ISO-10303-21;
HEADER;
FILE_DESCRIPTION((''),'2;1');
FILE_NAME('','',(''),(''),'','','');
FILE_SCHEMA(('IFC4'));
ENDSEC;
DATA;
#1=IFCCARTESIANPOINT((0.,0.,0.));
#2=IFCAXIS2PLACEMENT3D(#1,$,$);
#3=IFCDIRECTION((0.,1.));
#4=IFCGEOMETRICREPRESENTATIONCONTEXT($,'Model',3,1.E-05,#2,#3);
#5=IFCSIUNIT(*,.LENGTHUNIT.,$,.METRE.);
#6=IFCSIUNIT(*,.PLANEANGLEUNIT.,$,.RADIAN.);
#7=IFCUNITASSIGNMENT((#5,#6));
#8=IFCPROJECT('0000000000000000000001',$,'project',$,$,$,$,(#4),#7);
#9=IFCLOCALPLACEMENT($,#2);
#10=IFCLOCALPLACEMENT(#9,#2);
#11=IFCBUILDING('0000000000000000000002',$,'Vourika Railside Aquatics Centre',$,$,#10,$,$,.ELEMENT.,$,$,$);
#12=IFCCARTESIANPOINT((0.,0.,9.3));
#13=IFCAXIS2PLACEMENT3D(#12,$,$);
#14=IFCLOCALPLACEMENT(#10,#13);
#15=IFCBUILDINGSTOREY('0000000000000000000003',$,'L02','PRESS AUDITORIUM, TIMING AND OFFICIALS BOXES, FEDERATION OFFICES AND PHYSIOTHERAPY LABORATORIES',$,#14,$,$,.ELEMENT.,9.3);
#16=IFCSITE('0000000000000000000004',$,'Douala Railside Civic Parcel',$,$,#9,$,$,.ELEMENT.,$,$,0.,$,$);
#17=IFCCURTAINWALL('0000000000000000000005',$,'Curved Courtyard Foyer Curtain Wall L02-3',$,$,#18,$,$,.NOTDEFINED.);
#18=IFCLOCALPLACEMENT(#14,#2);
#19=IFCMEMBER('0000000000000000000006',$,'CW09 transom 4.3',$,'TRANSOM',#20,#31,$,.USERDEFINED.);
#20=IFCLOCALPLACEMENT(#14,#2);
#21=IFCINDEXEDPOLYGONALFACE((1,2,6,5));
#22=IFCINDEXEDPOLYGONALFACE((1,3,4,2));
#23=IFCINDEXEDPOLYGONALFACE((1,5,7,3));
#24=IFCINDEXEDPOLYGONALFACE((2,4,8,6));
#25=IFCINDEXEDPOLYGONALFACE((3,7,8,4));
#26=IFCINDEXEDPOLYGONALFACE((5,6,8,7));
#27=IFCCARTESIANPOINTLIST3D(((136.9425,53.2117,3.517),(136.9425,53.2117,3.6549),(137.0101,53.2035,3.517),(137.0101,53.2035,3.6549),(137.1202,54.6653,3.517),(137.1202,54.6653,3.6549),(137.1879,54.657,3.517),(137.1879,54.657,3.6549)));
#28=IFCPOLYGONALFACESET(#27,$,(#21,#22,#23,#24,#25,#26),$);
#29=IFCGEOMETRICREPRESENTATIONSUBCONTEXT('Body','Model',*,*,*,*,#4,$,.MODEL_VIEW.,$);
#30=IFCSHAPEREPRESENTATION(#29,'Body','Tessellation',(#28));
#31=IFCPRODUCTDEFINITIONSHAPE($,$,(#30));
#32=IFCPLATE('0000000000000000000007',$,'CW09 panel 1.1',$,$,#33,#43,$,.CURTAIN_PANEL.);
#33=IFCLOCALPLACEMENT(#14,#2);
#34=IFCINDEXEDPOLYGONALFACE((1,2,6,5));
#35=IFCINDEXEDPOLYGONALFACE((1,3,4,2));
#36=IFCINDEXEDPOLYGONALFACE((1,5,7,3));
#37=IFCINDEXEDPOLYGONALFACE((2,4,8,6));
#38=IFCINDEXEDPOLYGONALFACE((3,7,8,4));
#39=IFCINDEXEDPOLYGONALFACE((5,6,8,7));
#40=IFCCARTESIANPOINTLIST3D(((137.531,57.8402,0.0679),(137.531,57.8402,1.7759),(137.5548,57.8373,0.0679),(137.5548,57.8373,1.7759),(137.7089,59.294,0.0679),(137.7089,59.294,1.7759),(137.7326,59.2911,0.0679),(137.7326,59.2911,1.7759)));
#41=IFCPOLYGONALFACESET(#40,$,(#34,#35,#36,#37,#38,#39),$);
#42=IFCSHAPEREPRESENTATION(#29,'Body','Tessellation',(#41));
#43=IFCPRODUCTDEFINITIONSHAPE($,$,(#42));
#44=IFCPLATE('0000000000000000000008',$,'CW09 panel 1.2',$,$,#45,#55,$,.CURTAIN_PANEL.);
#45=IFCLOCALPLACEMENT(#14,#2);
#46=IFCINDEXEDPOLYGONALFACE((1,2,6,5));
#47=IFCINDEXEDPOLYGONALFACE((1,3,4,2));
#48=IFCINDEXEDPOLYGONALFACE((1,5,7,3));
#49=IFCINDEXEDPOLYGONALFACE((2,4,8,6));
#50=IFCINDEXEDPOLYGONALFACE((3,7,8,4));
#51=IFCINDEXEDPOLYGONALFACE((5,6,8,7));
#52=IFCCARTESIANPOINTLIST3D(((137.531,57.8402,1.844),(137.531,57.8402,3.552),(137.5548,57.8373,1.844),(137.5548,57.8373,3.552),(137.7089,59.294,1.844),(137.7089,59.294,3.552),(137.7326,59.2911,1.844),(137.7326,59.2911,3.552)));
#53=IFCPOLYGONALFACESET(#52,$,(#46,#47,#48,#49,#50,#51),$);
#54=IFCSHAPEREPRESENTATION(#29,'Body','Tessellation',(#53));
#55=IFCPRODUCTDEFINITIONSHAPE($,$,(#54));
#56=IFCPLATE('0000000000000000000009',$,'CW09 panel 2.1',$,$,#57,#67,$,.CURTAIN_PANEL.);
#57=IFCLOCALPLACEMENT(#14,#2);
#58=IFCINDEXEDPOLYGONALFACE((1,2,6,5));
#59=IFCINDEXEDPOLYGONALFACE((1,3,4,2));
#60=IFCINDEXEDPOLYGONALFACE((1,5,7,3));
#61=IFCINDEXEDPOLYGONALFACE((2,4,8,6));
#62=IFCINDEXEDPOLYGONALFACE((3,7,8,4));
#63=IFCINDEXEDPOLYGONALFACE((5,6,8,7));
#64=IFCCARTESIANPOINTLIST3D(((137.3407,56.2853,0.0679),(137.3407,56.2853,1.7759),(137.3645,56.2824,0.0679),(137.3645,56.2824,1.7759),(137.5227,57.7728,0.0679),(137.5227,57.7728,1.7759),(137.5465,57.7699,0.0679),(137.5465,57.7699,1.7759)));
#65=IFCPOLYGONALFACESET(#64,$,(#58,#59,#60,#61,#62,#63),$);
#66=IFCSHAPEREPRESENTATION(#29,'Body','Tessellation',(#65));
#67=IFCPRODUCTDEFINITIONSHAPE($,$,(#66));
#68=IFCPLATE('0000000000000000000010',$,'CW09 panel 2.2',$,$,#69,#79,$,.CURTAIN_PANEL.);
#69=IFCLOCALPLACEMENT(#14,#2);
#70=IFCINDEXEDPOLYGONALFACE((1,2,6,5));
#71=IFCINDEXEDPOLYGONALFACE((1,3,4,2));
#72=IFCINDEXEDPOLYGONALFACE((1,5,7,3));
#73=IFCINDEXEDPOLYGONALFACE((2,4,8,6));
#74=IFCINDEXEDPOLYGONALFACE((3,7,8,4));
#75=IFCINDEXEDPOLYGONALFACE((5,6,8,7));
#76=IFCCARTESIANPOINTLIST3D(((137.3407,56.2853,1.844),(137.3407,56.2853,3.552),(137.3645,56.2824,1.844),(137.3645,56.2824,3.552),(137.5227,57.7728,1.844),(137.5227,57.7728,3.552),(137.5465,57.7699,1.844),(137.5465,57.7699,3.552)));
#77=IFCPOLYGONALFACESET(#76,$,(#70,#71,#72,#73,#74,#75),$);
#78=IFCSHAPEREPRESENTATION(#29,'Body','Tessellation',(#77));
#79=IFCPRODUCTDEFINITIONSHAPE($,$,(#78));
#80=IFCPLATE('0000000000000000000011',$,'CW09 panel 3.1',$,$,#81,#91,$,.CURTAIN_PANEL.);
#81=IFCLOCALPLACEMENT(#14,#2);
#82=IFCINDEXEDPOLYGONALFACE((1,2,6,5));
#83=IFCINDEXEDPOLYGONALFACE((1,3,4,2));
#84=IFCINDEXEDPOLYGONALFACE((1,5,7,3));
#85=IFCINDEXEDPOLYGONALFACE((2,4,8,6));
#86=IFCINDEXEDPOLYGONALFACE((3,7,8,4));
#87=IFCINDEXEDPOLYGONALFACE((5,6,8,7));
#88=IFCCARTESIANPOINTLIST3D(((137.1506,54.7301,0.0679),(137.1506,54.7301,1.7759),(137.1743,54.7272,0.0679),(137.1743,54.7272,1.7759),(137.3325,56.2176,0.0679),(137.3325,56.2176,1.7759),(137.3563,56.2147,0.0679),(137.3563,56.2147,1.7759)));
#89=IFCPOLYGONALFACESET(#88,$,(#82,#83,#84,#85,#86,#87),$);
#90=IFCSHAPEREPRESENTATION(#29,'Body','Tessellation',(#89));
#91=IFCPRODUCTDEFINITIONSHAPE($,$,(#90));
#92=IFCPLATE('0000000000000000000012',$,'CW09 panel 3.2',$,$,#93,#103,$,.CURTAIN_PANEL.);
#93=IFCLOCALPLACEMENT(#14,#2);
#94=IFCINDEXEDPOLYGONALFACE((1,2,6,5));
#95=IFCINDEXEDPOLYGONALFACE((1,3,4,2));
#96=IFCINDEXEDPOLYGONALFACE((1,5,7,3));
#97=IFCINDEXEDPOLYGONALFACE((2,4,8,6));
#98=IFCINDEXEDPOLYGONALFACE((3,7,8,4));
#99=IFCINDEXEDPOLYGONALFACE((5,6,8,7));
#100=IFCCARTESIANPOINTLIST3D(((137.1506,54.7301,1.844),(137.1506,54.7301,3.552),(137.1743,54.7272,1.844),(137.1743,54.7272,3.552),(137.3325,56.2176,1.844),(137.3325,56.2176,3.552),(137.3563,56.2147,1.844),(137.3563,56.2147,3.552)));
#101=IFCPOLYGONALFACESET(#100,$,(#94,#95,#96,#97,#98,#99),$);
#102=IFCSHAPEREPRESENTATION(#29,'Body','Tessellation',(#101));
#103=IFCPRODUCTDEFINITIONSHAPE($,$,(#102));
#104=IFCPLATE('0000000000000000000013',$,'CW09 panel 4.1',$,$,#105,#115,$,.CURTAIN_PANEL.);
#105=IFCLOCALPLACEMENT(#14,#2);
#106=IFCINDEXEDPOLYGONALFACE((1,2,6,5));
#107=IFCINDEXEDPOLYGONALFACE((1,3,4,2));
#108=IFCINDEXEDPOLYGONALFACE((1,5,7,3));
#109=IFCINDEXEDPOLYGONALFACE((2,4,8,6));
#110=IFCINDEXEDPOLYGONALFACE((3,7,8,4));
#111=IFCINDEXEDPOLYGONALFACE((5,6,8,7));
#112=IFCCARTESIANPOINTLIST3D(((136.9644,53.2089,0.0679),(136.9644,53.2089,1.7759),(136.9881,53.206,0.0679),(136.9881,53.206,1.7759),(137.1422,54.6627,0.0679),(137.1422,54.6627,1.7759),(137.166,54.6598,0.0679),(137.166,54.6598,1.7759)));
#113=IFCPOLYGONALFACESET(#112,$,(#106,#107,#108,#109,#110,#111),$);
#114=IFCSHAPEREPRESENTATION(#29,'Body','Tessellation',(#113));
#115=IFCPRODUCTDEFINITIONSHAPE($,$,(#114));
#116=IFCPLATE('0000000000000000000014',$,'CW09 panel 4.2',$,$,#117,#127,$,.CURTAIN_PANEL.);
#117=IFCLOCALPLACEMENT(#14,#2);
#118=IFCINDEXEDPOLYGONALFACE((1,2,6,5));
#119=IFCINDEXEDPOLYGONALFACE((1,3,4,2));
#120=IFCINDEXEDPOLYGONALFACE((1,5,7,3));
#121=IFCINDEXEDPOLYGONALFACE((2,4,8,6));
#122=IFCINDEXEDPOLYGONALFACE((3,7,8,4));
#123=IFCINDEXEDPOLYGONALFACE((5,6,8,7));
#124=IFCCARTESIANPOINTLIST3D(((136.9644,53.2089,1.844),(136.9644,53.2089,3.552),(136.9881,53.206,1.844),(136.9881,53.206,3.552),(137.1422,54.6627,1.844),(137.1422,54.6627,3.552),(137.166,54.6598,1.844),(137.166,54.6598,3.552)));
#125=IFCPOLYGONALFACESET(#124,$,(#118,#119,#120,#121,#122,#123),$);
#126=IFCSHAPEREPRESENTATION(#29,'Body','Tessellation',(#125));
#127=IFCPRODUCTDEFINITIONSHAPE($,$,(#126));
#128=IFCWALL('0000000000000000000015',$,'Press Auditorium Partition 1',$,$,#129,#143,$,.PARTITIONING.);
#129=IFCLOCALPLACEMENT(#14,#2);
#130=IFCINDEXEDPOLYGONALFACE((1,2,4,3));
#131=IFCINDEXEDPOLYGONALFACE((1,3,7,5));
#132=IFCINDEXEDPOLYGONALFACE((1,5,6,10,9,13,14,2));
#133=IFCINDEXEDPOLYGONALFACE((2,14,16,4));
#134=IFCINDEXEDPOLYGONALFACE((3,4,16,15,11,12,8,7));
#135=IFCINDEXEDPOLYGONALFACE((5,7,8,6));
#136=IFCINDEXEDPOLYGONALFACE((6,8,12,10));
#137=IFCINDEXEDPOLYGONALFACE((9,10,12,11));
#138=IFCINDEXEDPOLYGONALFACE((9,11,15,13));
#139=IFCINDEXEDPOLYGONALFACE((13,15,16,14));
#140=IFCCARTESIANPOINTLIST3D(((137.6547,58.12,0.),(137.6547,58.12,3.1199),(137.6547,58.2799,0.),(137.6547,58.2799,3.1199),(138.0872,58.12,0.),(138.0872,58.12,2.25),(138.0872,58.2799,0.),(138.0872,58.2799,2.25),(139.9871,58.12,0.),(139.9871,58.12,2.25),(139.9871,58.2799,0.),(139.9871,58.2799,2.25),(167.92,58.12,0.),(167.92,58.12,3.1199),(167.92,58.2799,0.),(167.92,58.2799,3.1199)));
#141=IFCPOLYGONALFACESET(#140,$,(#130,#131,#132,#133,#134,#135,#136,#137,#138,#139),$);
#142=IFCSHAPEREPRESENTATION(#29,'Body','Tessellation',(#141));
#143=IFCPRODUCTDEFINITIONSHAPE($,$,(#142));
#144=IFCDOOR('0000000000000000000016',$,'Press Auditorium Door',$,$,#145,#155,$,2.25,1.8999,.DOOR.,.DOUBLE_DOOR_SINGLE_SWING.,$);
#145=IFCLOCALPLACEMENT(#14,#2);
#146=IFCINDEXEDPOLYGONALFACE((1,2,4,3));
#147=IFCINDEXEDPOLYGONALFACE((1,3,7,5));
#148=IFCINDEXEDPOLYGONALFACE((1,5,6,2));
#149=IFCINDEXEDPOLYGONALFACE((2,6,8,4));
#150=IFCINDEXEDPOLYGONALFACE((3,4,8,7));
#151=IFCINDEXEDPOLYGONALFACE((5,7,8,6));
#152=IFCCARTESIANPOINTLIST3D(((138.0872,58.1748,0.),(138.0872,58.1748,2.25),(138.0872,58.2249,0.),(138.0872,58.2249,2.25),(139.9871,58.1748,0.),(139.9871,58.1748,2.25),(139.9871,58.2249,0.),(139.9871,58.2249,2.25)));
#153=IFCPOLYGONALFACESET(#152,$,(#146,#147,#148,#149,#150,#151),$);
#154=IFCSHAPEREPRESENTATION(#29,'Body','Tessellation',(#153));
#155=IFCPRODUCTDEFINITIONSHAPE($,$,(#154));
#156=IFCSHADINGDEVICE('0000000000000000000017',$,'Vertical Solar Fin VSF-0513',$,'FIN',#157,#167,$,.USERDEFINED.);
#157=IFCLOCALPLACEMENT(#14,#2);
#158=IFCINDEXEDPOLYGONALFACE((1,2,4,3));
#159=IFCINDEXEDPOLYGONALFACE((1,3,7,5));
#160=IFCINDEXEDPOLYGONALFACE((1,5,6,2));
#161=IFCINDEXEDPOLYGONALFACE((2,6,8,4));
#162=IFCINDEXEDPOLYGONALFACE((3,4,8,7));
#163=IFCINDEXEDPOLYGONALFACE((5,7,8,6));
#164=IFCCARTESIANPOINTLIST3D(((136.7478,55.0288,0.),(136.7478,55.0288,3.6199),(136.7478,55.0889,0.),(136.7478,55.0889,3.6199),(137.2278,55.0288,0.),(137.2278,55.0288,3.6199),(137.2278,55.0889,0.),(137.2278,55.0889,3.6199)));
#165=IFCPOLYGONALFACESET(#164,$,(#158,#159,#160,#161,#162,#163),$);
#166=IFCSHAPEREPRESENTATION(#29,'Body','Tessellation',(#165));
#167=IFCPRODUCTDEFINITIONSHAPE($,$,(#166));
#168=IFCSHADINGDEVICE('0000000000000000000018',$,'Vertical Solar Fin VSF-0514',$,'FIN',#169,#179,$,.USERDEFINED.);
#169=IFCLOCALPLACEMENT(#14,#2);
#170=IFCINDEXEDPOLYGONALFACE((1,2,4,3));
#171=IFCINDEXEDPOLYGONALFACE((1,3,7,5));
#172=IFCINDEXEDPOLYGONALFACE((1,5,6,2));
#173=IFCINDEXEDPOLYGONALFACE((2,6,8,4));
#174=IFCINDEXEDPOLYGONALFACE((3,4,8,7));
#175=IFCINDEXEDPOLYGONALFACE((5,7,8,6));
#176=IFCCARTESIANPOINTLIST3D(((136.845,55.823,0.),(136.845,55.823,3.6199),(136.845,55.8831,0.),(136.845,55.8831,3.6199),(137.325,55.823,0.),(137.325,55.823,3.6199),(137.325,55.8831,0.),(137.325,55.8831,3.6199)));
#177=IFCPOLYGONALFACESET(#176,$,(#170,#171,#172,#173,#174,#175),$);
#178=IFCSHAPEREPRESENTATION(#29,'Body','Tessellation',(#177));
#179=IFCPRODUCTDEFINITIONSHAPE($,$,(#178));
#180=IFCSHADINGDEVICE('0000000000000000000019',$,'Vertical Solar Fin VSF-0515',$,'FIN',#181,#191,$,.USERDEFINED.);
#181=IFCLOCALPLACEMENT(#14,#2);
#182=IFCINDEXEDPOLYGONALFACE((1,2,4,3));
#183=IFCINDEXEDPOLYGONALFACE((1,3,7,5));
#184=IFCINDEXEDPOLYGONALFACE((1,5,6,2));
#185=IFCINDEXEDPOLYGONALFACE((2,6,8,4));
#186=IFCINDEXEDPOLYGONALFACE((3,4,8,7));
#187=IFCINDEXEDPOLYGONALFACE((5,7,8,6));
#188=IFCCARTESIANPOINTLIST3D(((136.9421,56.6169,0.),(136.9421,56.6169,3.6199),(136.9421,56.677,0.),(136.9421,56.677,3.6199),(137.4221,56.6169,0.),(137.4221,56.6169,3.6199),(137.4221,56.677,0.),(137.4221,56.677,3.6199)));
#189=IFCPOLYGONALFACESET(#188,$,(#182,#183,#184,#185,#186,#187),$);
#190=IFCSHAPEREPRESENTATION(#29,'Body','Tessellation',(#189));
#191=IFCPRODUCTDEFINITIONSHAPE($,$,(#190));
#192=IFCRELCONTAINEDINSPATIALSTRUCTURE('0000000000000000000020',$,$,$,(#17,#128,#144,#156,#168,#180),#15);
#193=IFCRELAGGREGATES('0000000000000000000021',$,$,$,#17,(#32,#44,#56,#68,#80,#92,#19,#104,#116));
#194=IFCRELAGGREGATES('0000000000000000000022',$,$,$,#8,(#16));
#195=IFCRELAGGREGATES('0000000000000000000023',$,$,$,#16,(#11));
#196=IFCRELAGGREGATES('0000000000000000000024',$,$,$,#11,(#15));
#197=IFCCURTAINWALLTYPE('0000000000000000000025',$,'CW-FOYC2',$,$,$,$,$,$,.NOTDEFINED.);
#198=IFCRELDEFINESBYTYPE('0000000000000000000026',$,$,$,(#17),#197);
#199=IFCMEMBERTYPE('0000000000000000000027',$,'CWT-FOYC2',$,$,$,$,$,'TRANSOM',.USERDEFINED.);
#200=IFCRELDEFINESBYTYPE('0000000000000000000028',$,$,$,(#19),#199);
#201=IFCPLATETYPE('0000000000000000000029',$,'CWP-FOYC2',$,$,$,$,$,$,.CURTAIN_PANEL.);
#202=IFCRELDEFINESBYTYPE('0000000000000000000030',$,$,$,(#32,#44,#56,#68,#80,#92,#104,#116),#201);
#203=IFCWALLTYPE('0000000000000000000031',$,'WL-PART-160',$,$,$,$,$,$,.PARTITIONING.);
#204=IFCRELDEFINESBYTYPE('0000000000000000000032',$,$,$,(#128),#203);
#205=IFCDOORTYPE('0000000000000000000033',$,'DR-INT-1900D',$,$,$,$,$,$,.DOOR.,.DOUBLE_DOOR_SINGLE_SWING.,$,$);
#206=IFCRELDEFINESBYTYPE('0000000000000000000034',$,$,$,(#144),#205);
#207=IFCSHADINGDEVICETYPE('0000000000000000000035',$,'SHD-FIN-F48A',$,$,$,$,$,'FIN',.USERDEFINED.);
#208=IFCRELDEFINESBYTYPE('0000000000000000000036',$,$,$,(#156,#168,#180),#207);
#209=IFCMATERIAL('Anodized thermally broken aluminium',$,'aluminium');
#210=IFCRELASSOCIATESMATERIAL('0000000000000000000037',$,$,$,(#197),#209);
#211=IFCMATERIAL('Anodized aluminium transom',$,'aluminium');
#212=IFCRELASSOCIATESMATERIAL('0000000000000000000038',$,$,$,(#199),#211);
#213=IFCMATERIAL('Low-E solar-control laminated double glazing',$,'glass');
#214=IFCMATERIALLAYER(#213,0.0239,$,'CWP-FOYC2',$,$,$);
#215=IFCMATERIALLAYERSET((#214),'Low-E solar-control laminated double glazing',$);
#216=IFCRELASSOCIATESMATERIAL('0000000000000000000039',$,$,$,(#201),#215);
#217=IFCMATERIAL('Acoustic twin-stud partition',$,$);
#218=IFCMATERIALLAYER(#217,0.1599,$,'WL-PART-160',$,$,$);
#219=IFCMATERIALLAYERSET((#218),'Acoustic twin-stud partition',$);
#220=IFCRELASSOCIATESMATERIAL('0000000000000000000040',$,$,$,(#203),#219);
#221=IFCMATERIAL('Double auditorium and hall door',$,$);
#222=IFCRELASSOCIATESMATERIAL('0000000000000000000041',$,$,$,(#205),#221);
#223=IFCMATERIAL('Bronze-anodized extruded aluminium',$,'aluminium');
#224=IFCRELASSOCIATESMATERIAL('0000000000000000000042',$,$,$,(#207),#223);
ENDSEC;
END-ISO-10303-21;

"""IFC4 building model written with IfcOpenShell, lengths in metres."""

from ifc_helpers import new_model, si_unit, direction, frame, frame_2d, origin, origin_2d, place, context, subcontext, project, spatial, rectangle, extrude, material, layer, layer_set, material_profile, profile_set, type_object, element, fill, aggregate, save


model = new_model("IFC4")

# Units and contexts
model_context = context("Model", 3, precision=1e-05, world=origin(), true_north=direction((0.0, 1.0)))
body_context = subcontext(model_context, "Body", "Model", "MODEL_VIEW")
ifc_project = project(units=[si_unit("LENGTHUNIT", "METRE"), si_unit("PLANEANGLEUNIT", "RADIAN")], contexts=[model_context])

# Site, building, storey
site_placement = place(None, origin())
site = spatial("IfcSite", under=ifc_project, at=site_placement, Name="Douala Railside Civic Parcel", CompositionType="ELEMENT", RefElevation=0.0)
building_placement = place(site_placement, origin())
building = spatial("IfcBuilding", under=site, at=building_placement, Name="Vourika Railside Aquatics Centre", CompositionType="ELEMENT")
storey_placement = place(building_placement, frame((0.0, 0.0, 9.3)))
storey = spatial("IfcBuildingStorey", under=building, at=storey_placement, Name="L02", Description="PRESS AUDITORIUM, TIMING AND OFFICIALS BOXES, FEDERATION OFFICES AND PHYSIOTHERAPY LABORATORIES", CompositionType="ELEMENT", Elevation=9.3)

# Shared definitions
ifc_material_1 = material(Name="Anodized thermally broken aluminium", Category="aluminium")
curtain_wall_type = type_object("IfcCurtainWallType", Name="CW-FOYC2", PredefinedType="NOTDEFINED", material=ifc_material_1)

# Curtain wall
curtain_wall_1_placement = place(storey_placement, origin())
curtain_wall_1 = element("IfcCurtainWall", 1, at=curtain_wall_1_placement, inside=storey, type_object=curtain_wall_type, Name="Curved Courtyard Foyer Curtain Wall L02-3", PredefinedType="NOTDEFINED")

# Member
ifc_material_2 = material(Name="Anodized aluminium transom", Category="aluminium")
ifc_material_profile_1 = material_profile(ifc_material_2, rectangle(XDim=0.0681, YDim=0.1379, at=origin_2d()), Name="ALU-T 68x138")
ifc_profile_set_1 = profile_set([ifc_material_profile_1], Name="Anodized aluminium transom")
member_type_1 = type_object("IfcMemberType", Name="CWT-FOYC2", ElementType="TRANSOM", PredefinedType="USERDEFINED", material=ifc_profile_set_1)
member_1_placement = place(storey_placement, frame((137.1541, 54.6611, 3.5859), z_axis=(-0.121367, -0.992608, 0.0), x_axis=(0.992608, -0.121367, 0.0)))
member_1 = element("IfcMember", 2, at=member_1_placement, type_object=member_type_1, Name="CW09 transom 4.3", ObjectType="TRANSOM", PredefinedType="USERDEFINED", context=body_context, shape_type="SweptSolid", body=[
    extrude(rectangle(XDim=0.0681, YDim=0.1379, at=origin_2d()), origin(), (0.0, 0.0, 1.0), 1.4644),
])

# Plates
ifc_material_3 = material(Name="Low-E solar-control laminated double glazing", Category="glass")
ifc_layer_1 = layer(ifc_material_3, 0.0239, Name="CWP-FOYC2")
ifc_layer_set_1 = layer_set([ifc_layer_1], Name="Low-E solar-control laminated double glazing")
plate_type = type_object("IfcPlateType", Name="CWP-FOYC2", PredefinedType="CURTAIN_PANEL", material=ifc_layer_set_1)
plate_1_placement = place(storey_placement, frame((137.6318, 58.5657, 0.0679), z_axis=(0.0, 0.0, 1.0), x_axis=(-0.121442, -0.992599, 0.0)))
plate_1 = element("IfcPlate", 3, at=plate_1_placement, type_object=plate_type, Name="CW09 panel 1.1", PredefinedType="CURTAIN_PANEL", context=body_context, shape_type="SweptSolid", body=[
    extrude(rectangle(XDim=1.4646, YDim=0.0239, at=origin_2d()), origin(), (0.0, 0.0, 1.0), 1.708),
])
plate_2_placement = place(storey_placement, frame((137.6318, 58.5657, 1.844), z_axis=(0.0, 0.0, 1.0), x_axis=(-0.121442, -0.992599, 0.0)))
plate_2 = element("IfcPlate", 4, at=plate_2_placement, type_object=plate_type, Name="CW09 panel 1.2", PredefinedType="CURTAIN_PANEL", context=body_context, shape_type="SweptSolid", body=[
    extrude(rectangle(XDim=1.4646, YDim=0.0239, at=origin_2d()), origin(), (0.0, 0.0, 1.0), 1.708),
])
plate_3_placement = place(storey_placement, frame((137.4436, 57.0276, 0.0679), z_axis=(0.0, 0.0, 1.0), x_axis=(-0.121442, -0.992599, 0.0)))
plate_3 = element("IfcPlate", 5, at=plate_3_placement, type_object=plate_type, Name="CW09 panel 2.1", PredefinedType="CURTAIN_PANEL", context=body_context, shape_type="SweptSolid", body=[
    extrude(rectangle(XDim=1.4985, YDim=0.0239, at=origin_2d()), origin(), (0.0, 0.0, 1.0), 1.708),
])
plate_4_placement = place(storey_placement, frame((137.4436, 57.0276, 1.844), z_axis=(0.0, 0.0, 1.0), x_axis=(-0.121442, -0.992599, 0.0)))
plate_4 = element("IfcPlate", 6, at=plate_4_placement, type_object=plate_type, Name="CW09 panel 2.2", PredefinedType="CURTAIN_PANEL", context=body_context, shape_type="SweptSolid", body=[
    extrude(rectangle(XDim=1.4985, YDim=0.0239, at=origin_2d()), origin(), (0.0, 0.0, 1.0), 1.708),
])
plate_5_placement = place(storey_placement, frame((137.2534, 55.4724, 0.0679), z_axis=(0.0, 0.0, 1.0), x_axis=(-0.121442, -0.992599, 0.0)))
plate_5 = element("IfcPlate", 7, at=plate_5_placement, type_object=plate_type, Name="CW09 panel 3.1", PredefinedType="CURTAIN_PANEL", context=body_context, shape_type="SweptSolid", body=[
    extrude(rectangle(XDim=1.4985, YDim=0.0239, at=origin_2d()), origin(), (0.0, 0.0, 1.0), 1.708),
])
plate_6_placement = place(storey_placement, frame((137.2534, 55.4724, 1.844), z_axis=(0.0, 0.0, 1.0), x_axis=(-0.121442, -0.992599, 0.0)))
plate_6 = element("IfcPlate", 8, at=plate_6_placement, type_object=plate_type, Name="CW09 panel 3.2", PredefinedType="CURTAIN_PANEL", context=body_context, shape_type="SweptSolid", body=[
    extrude(rectangle(XDim=1.4985, YDim=0.0239, at=origin_2d()), origin(), (0.0, 0.0, 1.0), 1.708),
])
plate_7_placement = place(storey_placement, frame((137.0652, 53.9343, 0.0679), z_axis=(0.0, 0.0, 1.0), x_axis=(-0.121442, -0.992599, 0.0)))
plate_7 = element("IfcPlate", 9, at=plate_7_placement, type_object=plate_type, Name="CW09 panel 4.1", PredefinedType="CURTAIN_PANEL", context=body_context, shape_type="SweptSolid", body=[
    extrude(rectangle(XDim=1.4646, YDim=0.0239, at=origin_2d()), origin(), (0.0, 0.0, 1.0), 1.708),
])
plate_8_placement = place(storey_placement, frame((137.0652, 53.9343, 1.844), z_axis=(0.0, 0.0, 1.0), x_axis=(-0.121442, -0.992599, 0.0)))
plate_8 = element("IfcPlate", 10, at=plate_8_placement, type_object=plate_type, Name="CW09 panel 4.2", PredefinedType="CURTAIN_PANEL", context=body_context, shape_type="SweptSolid", body=[
    extrude(rectangle(XDim=1.4646, YDim=0.0239, at=origin_2d()), origin(), (0.0, 0.0, 1.0), 1.708),
])
aggregate(curtain_wall_1, [plate_1, plate_2, plate_3, plate_4, plate_5, plate_6, member_1, plate_7, plate_8])

# Wall, opening, door
ifc_material_4 = material(Name="Acoustic twin-stud partition")
ifc_layer_2 = layer(ifc_material_4, 0.1599, Name="WL-PART-160")
ifc_layer_set_2 = layer_set([ifc_layer_2], Name="Acoustic twin-stud partition")
wall_type = type_object("IfcWallType", Name="WL-PART-160", PredefinedType="PARTITIONING", material=ifc_layer_set_2)
wall_placement = place(storey_placement, frame((137.6545, 58.2, 0.0), z_axis=(0.0, 0.0, 1.0), x_axis=(1.0, 0.0, 0.0)))
wall = element("IfcWall", 11, at=wall_placement, inside=storey, type_object=wall_type, Name="Press Auditorium Partition 1", PredefinedType="PARTITIONING", context=body_context, shape_type="SweptSolid", body=[
    extrude(rectangle(XDim=30.2654, YDim=0.1599, at=frame_2d((15.1328, 0.0))), origin(), (0.0, 0.0, 1.0), 3.1199),
])
opening_placement = place(wall_placement, frame((0.4326, 0.0, 0.0)))
opening = element("IfcOpeningElement", 12, at=opening_placement, cuts=wall, PredefinedType="OPENING", context=body_context, shape_type="SweptSolid", body=[
    extrude(rectangle(XDim=1.8999, YDim=2.25, at=frame_2d((0.95, 1.125))), frame((0.0, 0.0898, 0.0), z_axis=(0.0, -1.0, 0.0), x_axis=(1.0, 0.0, 0.0)), (0.0, 0.0, 1.0), 0.1799),
])
ifc_material_5 = material(Name="Double auditorium and hall door")
door_type = type_object("IfcDoorType", Name="DR-INT-1900D", OperationType="DOUBLE_DOOR_SINGLE_SWING", PredefinedType="DOOR", material=ifc_material_5)
door_placement = place(opening_placement, origin())
door = element("IfcDoor", 13, at=door_placement, inside=storey, type_object=door_type, Name="Press Auditorium Door", OperationType="DOUBLE_DOOR_SINGLE_SWING", OverallHeight=2.25, OverallWidth=1.8999, PredefinedType="DOOR", context=body_context, shape_type="SweptSolid", body=[
    extrude(rectangle(XDim=1.8999, YDim=2.25, at=frame_2d((0.95, 1.125))), frame((0.0, 0.0249, 0.0), z_axis=(0.0, -1.0, 0.0), x_axis=(1.0, 0.0, 0.0)), (0.0, 0.0, 1.0), 0.05),
])
fill(opening, door)

# Shading devices
ifc_material_6 = material(Name="Bronze-anodized extruded aluminium", Category="aluminium")
ifc_material_profile_2 = material_profile(ifc_material_6, rectangle(XDim=0.0601, YDim=0.48, at=origin_2d()), Name="ALU-FIN 60x480")
ifc_profile_set_2 = profile_set([ifc_material_profile_2], Name="Bronze-anodized extruded aluminium")
shading_device_type = type_object("IfcShadingDeviceType", Name="SHD-FIN-F48A", ElementType="FIN", PredefinedType="USERDEFINED", material=ifc_profile_set_2)
for number, where, z_axis, x_axis, name in (
    (14, (136.9878, 55.0588, 0.0), (0.0, 0.0, 1.0), (0.0, 1.0, 0.0), "Vertical Solar Fin VSF-0513"),
    (15, (137.085, 55.853, 0.0), (0.0, 0.0, 1.0), (0.0, 1.0, 0.0), "Vertical Solar Fin VSF-0514"),
    (16, (137.1821, 56.647, 0.0), (0.0, 0.0, 1.0), (0.0, 1.0, 0.0), "Vertical Solar Fin VSF-0515"),
):
    element("IfcShadingDevice", number, at=place(storey_placement, frame(where, z_axis=z_axis, x_axis=x_axis)), inside=storey, type_object=shading_device_type, Name=name, ObjectType="FIN", PredefinedType="USERDEFINED", context=body_context, shape_type="SweptSolid", body=[
        extrude(rectangle(XDim=0.0601, YDim=0.48, at=origin_2d()), origin(), (0.0, 0.0, 1.0), 3.6199),
    ])

save(model, "model.ifc")
